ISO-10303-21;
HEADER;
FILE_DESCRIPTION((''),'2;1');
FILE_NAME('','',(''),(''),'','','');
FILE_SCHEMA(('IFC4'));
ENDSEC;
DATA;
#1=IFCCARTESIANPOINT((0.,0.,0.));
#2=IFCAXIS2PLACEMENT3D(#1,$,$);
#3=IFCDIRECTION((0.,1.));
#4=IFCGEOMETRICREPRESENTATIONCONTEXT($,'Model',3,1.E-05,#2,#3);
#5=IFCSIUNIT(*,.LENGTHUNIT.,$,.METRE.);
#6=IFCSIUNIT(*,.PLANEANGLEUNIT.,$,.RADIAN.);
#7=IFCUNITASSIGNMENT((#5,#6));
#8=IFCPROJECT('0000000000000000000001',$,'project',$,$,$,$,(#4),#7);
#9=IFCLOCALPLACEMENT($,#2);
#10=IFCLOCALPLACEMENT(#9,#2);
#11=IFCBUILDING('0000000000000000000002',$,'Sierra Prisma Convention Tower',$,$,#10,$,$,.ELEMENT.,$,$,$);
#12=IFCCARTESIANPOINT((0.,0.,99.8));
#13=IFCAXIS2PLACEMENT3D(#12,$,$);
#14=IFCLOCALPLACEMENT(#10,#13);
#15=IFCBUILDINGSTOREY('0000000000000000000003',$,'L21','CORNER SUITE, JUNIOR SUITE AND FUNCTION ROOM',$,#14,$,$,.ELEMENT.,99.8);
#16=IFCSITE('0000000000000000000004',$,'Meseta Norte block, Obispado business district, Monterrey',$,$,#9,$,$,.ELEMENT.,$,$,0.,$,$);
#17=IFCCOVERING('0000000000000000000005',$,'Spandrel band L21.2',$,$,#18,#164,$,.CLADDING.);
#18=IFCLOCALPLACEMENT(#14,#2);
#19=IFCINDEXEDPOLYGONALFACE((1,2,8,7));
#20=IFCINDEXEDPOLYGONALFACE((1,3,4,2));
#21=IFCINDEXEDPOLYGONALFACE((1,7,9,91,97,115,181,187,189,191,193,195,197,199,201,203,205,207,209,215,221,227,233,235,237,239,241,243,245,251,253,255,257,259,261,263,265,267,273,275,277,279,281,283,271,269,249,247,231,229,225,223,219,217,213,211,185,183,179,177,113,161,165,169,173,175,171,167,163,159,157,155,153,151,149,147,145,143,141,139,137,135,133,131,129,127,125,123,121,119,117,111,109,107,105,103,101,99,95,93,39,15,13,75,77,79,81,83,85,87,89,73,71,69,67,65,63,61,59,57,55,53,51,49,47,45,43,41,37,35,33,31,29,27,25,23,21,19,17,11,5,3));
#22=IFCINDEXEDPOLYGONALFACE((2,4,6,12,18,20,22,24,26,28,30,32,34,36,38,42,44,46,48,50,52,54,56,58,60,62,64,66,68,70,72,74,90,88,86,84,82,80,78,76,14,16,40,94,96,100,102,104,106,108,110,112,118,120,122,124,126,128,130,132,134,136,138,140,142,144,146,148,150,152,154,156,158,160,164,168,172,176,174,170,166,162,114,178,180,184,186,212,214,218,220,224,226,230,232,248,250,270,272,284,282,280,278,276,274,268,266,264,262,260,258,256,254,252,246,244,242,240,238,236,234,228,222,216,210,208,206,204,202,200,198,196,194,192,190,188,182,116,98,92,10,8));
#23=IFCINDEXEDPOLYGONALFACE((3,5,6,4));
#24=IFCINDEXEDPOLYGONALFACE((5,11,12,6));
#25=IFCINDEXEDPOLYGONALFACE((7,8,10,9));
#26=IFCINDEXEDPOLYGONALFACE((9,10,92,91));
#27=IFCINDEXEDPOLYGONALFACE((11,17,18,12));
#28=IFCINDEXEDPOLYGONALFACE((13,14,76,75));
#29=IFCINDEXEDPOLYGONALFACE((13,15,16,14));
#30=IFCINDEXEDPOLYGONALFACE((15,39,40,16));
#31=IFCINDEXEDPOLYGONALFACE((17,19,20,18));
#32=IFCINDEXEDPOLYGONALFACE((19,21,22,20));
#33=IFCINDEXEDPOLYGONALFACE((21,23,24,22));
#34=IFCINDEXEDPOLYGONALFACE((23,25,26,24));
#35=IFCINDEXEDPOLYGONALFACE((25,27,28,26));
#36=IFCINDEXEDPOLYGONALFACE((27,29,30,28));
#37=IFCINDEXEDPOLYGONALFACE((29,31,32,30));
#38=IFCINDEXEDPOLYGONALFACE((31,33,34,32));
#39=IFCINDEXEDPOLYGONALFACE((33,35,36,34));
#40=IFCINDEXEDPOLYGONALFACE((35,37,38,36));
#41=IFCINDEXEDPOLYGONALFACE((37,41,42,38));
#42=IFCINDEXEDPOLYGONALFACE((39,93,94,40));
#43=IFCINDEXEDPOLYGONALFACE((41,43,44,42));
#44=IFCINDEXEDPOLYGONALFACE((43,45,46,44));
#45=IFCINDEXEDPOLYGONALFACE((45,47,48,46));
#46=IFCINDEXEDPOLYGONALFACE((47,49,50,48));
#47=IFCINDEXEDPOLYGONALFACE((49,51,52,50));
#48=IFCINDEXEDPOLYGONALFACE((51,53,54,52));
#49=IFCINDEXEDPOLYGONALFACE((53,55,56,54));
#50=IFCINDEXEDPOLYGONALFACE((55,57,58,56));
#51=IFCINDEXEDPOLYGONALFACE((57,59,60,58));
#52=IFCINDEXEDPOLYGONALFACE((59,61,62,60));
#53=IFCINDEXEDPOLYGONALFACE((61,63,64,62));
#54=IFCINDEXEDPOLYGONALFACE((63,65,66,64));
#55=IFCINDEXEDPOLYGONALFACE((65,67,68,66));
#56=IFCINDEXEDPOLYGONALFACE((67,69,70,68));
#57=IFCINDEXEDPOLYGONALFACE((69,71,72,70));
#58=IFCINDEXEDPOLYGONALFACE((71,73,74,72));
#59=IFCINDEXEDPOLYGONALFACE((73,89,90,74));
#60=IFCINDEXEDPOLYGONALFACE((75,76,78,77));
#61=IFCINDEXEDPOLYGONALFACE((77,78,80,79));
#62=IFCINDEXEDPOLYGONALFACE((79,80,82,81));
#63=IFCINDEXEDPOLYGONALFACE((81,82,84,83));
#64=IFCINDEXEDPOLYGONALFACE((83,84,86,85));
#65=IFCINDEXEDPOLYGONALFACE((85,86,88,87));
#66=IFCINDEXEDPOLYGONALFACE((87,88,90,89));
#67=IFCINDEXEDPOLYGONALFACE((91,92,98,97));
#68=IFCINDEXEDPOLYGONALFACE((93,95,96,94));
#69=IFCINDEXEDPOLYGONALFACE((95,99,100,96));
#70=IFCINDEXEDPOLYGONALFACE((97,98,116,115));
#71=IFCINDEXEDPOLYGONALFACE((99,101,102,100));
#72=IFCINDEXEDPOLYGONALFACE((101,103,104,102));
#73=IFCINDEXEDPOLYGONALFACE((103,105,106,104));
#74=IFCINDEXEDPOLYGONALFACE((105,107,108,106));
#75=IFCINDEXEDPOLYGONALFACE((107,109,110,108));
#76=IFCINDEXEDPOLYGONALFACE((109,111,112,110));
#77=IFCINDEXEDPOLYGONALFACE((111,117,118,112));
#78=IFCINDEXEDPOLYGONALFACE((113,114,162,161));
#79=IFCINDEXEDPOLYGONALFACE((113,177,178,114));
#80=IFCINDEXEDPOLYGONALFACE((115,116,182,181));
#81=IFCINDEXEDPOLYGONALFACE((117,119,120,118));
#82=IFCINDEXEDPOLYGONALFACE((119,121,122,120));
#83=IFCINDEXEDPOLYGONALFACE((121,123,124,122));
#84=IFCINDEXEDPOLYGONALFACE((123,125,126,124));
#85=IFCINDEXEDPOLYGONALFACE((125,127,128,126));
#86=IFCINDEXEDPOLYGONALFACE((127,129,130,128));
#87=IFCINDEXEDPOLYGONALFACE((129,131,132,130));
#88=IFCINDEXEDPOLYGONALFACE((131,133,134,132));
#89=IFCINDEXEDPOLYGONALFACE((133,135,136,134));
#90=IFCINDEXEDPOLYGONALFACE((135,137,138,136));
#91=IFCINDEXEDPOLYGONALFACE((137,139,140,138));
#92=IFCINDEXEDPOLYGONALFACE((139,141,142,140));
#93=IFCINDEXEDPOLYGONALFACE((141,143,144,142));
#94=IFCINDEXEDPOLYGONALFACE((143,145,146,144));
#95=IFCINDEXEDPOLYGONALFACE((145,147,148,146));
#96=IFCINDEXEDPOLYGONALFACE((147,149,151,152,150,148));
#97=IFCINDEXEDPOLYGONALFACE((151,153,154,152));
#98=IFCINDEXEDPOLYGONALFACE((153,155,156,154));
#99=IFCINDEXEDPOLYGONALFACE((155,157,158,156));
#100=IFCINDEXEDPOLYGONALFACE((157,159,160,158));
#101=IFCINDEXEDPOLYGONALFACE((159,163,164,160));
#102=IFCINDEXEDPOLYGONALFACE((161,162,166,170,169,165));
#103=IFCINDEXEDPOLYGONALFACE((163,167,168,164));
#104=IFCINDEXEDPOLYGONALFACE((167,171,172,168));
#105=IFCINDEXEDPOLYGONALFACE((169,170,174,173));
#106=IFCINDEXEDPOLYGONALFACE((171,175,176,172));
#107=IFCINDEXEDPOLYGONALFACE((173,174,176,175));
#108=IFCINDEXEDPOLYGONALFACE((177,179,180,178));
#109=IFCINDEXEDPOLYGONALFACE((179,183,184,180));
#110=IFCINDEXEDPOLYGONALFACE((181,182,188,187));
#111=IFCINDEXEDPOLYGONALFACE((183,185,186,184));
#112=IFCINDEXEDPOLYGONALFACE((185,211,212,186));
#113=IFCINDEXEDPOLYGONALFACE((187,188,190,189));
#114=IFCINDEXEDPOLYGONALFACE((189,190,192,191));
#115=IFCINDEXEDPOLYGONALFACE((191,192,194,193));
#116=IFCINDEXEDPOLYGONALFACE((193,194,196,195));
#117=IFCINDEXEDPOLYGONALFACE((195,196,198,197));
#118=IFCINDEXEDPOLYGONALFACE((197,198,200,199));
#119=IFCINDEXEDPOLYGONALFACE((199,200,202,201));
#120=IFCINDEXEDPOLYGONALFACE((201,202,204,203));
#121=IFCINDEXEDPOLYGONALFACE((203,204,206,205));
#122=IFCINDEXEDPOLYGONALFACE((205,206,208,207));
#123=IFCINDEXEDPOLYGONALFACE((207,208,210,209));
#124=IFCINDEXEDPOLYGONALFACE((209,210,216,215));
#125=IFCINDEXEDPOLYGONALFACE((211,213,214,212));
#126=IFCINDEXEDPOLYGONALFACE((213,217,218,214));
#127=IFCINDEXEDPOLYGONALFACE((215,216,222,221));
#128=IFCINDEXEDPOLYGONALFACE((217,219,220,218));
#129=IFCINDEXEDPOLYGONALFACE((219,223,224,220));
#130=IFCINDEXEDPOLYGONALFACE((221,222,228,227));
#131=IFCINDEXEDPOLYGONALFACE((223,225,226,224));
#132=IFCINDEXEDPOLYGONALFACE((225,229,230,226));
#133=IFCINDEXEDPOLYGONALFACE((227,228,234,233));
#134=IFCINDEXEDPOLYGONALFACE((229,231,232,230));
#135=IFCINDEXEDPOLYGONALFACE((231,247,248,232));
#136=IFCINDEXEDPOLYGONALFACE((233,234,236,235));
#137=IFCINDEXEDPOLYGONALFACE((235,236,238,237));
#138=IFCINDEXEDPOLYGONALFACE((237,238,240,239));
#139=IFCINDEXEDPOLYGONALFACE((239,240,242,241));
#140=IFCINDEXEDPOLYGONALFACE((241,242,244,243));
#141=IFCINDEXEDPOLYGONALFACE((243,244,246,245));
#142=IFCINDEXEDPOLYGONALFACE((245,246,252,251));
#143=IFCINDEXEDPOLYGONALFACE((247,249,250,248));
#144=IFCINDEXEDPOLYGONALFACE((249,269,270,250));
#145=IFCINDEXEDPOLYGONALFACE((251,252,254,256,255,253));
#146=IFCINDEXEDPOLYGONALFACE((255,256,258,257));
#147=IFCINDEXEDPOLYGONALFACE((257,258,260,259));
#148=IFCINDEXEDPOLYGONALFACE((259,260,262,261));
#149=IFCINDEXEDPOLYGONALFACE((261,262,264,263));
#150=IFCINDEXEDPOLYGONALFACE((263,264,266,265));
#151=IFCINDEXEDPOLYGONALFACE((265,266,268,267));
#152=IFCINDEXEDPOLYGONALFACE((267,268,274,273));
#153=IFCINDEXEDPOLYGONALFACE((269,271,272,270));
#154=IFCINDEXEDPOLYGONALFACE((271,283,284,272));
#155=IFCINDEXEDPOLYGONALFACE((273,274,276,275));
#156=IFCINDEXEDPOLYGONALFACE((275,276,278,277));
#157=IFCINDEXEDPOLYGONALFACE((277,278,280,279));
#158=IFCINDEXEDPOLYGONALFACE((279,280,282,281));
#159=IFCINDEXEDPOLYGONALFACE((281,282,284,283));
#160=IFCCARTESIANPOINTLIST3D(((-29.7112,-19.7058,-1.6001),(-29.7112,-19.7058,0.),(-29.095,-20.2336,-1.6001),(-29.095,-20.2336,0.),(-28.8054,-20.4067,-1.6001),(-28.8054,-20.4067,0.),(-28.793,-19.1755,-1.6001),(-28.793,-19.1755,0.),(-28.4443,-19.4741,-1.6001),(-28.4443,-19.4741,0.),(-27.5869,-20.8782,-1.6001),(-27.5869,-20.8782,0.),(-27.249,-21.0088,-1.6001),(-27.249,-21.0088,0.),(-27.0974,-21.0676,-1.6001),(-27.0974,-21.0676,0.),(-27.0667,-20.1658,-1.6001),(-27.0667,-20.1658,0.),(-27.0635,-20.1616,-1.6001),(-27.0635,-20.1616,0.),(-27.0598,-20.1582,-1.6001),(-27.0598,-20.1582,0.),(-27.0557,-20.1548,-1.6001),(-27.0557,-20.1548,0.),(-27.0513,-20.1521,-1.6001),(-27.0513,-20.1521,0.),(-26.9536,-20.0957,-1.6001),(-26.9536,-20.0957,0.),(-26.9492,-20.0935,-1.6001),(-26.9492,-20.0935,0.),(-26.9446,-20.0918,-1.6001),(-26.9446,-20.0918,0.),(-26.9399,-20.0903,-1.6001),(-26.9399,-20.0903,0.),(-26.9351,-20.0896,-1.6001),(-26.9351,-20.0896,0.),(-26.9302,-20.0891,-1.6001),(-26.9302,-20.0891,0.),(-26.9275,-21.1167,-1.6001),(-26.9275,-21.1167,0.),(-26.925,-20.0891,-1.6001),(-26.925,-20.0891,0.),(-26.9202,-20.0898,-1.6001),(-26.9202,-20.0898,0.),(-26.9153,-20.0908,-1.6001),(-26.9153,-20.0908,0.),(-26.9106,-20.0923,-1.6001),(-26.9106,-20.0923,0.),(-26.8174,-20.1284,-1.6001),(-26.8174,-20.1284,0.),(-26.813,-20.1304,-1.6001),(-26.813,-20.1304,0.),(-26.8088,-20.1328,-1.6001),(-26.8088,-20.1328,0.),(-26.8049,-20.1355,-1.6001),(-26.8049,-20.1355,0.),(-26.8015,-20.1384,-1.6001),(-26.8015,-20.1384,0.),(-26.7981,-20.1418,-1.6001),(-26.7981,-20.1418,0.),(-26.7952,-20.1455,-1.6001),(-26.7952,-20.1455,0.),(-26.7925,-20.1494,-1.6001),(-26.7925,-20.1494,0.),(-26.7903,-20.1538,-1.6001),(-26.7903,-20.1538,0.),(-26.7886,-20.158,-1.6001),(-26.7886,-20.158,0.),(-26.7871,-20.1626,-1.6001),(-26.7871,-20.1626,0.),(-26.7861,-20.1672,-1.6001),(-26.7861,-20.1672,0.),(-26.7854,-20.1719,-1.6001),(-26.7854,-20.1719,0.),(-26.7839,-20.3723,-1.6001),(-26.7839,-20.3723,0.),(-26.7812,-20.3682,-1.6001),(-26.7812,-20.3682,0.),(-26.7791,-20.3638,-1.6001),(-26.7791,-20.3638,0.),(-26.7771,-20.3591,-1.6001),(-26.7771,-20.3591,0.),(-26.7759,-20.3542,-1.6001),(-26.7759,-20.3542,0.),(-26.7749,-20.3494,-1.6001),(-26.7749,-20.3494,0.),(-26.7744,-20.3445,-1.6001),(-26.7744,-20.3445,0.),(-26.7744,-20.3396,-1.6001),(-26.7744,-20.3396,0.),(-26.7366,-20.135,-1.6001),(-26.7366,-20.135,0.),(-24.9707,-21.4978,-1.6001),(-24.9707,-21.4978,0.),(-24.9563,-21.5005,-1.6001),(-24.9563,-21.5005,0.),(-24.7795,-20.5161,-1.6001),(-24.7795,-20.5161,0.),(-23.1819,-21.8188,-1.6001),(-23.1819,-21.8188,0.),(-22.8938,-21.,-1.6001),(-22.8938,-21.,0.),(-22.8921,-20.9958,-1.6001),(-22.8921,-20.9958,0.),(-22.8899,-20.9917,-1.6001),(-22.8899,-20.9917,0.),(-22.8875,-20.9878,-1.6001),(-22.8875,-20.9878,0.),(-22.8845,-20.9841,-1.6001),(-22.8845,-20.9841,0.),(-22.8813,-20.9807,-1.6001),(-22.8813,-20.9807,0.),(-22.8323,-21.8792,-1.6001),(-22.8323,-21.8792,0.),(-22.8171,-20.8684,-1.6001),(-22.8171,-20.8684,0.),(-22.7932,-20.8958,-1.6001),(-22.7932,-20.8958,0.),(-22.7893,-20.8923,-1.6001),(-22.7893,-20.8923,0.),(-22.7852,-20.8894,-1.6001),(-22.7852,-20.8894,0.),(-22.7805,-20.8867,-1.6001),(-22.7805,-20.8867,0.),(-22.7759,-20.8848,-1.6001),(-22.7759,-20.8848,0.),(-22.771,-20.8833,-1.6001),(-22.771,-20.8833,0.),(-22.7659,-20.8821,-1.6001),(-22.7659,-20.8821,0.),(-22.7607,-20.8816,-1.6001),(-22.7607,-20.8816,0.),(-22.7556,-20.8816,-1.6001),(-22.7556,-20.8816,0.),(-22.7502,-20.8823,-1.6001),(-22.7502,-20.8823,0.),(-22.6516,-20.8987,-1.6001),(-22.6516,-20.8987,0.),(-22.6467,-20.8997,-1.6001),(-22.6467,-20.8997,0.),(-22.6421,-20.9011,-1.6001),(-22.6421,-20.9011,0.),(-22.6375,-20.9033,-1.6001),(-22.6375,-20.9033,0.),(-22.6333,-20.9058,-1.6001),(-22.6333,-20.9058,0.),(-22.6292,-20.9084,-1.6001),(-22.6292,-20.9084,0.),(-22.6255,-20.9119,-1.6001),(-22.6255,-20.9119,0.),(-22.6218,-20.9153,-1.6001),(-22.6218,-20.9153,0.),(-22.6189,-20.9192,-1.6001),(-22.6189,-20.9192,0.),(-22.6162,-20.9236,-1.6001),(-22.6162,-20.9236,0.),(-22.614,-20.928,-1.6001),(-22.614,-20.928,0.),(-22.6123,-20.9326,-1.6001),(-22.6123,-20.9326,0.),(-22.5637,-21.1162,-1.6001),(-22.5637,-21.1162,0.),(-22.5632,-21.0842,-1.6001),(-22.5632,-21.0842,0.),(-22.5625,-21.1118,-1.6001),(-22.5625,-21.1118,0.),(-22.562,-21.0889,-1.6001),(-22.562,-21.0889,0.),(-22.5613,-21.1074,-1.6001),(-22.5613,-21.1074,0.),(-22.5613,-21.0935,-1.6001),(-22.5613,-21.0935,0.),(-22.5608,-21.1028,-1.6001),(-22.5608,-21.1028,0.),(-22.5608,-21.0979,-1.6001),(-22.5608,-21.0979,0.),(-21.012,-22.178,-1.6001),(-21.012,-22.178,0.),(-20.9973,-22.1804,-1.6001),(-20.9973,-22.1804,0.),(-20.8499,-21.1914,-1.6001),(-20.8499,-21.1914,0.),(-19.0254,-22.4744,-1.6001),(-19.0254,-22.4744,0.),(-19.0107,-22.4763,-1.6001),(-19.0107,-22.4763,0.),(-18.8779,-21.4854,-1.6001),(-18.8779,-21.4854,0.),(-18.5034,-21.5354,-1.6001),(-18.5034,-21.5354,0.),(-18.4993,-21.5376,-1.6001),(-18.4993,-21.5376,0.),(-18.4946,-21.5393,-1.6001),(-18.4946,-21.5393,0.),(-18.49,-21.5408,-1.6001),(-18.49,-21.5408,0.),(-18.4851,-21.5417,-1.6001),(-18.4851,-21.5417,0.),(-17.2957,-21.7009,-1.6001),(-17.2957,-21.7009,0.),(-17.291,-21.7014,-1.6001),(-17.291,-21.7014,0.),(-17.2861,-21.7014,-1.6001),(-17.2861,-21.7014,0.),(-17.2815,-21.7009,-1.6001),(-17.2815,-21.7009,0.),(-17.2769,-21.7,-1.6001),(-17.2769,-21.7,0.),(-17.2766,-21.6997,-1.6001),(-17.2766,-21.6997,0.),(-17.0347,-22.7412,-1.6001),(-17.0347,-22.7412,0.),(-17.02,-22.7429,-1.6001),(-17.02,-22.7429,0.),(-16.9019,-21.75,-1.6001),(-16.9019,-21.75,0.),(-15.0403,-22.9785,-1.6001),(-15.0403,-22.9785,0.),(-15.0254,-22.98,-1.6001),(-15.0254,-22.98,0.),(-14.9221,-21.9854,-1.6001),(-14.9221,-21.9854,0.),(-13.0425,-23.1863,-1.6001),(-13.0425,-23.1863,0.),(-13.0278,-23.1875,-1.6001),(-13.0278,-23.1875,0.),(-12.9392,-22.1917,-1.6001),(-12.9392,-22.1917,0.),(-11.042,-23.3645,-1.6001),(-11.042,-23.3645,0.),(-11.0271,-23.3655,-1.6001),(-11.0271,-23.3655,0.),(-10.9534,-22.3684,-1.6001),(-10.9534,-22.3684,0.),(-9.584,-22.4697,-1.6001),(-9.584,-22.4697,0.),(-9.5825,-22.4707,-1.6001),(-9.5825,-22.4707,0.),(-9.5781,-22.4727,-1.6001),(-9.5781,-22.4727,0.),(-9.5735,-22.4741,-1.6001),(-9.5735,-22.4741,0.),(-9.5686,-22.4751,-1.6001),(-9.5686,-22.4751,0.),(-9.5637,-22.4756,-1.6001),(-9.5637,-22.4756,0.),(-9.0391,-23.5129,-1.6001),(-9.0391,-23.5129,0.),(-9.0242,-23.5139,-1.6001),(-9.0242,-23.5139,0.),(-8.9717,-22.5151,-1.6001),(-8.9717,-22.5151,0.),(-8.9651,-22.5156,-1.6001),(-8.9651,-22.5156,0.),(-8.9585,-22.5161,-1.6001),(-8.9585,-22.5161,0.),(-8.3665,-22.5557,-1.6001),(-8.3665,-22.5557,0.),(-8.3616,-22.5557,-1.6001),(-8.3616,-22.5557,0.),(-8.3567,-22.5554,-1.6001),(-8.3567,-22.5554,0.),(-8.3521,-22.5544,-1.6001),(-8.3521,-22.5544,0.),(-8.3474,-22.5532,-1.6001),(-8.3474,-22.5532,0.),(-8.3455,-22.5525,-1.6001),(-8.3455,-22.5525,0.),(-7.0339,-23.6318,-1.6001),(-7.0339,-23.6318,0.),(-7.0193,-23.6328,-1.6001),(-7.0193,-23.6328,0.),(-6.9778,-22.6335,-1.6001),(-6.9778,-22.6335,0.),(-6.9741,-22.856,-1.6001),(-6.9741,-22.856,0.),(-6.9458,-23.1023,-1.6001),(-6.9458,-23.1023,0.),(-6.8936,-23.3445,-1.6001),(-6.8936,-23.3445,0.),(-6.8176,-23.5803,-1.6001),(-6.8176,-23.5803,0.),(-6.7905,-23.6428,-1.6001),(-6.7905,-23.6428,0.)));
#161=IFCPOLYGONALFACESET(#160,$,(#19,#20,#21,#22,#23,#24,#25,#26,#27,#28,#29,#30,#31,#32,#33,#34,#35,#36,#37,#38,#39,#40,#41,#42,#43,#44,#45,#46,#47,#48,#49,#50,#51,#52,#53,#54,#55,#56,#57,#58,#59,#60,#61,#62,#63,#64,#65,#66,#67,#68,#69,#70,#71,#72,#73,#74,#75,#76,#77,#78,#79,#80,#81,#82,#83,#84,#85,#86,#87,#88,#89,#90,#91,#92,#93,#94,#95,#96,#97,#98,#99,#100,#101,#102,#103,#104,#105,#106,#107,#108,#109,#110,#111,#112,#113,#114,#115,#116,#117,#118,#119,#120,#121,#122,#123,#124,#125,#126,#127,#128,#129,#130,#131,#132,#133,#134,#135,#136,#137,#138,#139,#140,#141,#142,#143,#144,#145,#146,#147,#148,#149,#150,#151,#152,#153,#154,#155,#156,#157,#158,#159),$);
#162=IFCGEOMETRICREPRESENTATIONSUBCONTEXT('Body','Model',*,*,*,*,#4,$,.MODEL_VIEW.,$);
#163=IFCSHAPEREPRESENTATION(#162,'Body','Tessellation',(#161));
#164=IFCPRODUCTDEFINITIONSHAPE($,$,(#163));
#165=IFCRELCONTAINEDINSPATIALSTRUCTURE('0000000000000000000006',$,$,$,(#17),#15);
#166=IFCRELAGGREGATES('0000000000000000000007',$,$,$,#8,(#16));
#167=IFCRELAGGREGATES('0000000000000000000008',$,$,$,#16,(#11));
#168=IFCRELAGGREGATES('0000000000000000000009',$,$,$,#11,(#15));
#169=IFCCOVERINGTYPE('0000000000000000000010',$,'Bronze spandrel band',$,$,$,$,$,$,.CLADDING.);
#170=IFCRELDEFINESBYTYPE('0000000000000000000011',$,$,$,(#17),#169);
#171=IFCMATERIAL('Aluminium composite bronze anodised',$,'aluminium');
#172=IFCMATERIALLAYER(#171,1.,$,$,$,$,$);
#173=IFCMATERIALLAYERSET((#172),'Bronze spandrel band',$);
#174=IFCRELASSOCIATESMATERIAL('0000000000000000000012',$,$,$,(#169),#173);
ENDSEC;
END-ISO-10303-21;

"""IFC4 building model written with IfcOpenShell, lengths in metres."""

from ifc_helpers import new_model, si_unit, direction, frame, origin, place, context, subcontext, project, spatial, polyline, outline, extrude, material, layer, layer_set, type_object, element, save


model = new_model("IFC4")

# Units and contexts
model_context = context("Model", 3, precision=1e-05, world=origin(), true_north=direction((0.0, 1.0)))
body_context = subcontext(model_context, "Body", "Model", "MODEL_VIEW")
ifc_project = project(units=[si_unit("LENGTHUNIT", "METRE"), si_unit("PLANEANGLEUNIT", "RADIAN")], contexts=[model_context])

# Site, building, storey
site_placement = place(None, origin())
site = spatial("IfcSite", under=ifc_project, at=site_placement, Name="Meseta Norte block, Obispado business district, Monterrey", CompositionType="ELEMENT", RefElevation=0.0)
building_placement = place(site_placement, origin())
building = spatial("IfcBuilding", under=site, at=building_placement, Name="Sierra Prisma Convention Tower", CompositionType="ELEMENT")
storey_placement = place(building_placement, frame((0.0, 0.0, 99.8)))
storey = spatial("IfcBuildingStorey", under=building, at=storey_placement, Name="L21", Description="CORNER SUITE, JUNIOR SUITE AND FUNCTION ROOM", CompositionType="ELEMENT", Elevation=99.8)

# Covering
ifc_material_1 = material(Name="Aluminium composite bronze anodised", Category="aluminium")
ifc_layer_1 = layer(ifc_material_1, 1.0)
ifc_layer_set_1 = layer_set([ifc_layer_1], Name="Bronze spandrel band")
covering_type_1 = type_object("IfcCoveringType", Name="Bronze spandrel band", PredefinedType="CLADDING", material=ifc_layer_set_1)
covering_1_placement = place(storey_placement, frame((0.0, 0.0, -1.6001)))
element("IfcCovering", 1, at=covering_1_placement, inside=storey, type_object=covering_type_1, Name="Spandrel band L21.2", PredefinedType="CLADDING", context=body_context, shape_type="SweptSolid", body=[
    extrude(outline(polyline([(-17.2957, -21.7009), (-17.291, -21.7014), (-17.2861, -21.7014), (-17.2815, -21.7009), (-17.2769, -21.7), (-17.2766, -21.6997), (-16.9019, -21.75), (-14.9221, -21.9854), (-12.9392, -22.1917), (-10.9534, -22.3684), (-9.584, -22.4697), (-9.5825, -22.4707), (-9.5781, -22.4727), (-9.5735, -22.4741), (-9.5686, -22.4751), (-9.5637, -22.4756), (-8.9717, -22.5151), (-8.9651, -22.5156), (-8.9585, -22.5161), (-8.3665, -22.5557), (-8.3616, -22.5557), (-8.3567, -22.5554), (-8.3521, -22.5544), (-8.3474, -22.5532), (-8.3455, -22.5525), (-6.9778, -22.6335), (-6.9741, -22.856), (-6.9458, -23.1023), (-6.8936, -23.3445), (-6.8176, -23.5803), (-6.7905, -23.6428), (-7.0193, -23.6328), (-7.0339, -23.6318), (-9.0242, -23.5139), (-9.0391, -23.5129), (-11.0271, -23.3655), (-11.042, -23.3645), (-13.0278, -23.1875), (-13.0425, -23.1863), (-15.0254, -22.98), (-15.0403, -22.9785), (-17.02, -22.7429), (-17.0347, -22.7412), (-19.0107, -22.4763), (-19.0254, -22.4744), (-20.9973, -22.1804), (-21.012, -22.178), (-22.8323, -21.8792), (-22.5637, -21.1162), (-22.5625, -21.1118), (-22.5613, -21.1074), (-22.5608, -21.1028), (-22.5608, -21.0979), (-22.5613, -21.0935), (-22.562, -21.0889), (-22.5632, -21.0842), (-22.6123, -20.9326), (-22.614, -20.928), (-22.6162, -20.9236), (-22.6189, -20.9192), (-22.6218, -20.9153), (-22.6255, -20.9119), (-22.6292, -20.9084), (-22.6333, -20.9058), (-22.6375, -20.9033), (-22.6421, -20.9011), (-22.6467, -20.8997), (-22.6516, -20.8987), (-22.7502, -20.8823), (-22.7556, -20.8816), (-22.7607, -20.8816), (-22.7659, -20.8821), (-22.771, -20.8833), (-22.7759, -20.8848), (-22.7805, -20.8867), (-22.7852, -20.8894), (-22.7893, -20.8923), (-22.7932, -20.8958), (-22.8813, -20.9807), (-22.8845, -20.9841), (-22.8875, -20.9878), (-22.8899, -20.9917), (-22.8921, -20.9958), (-22.8938, -21.0), (-23.1819, -21.8188), (-24.9563, -21.5005), (-24.9707, -21.4978), (-26.9275, -21.1167), (-27.0974, -21.0676), (-27.249, -21.0088), (-26.7839, -20.3723), (-26.7812, -20.3682), (-26.7791, -20.3638), (-26.7771, -20.3591), (-26.7759, -20.3542), (-26.7749, -20.3494), (-26.7744, -20.3445), (-26.7744, -20.3396), (-26.7854, -20.1719), (-26.7861, -20.1672), (-26.7871, -20.1626), (-26.7886, -20.158), (-26.7903, -20.1538), (-26.7925, -20.1494), (-26.7952, -20.1455), (-26.7981, -20.1418), (-26.8015, -20.1384), (-26.8049, -20.1355), (-26.8088, -20.1328), (-26.813, -20.1304), (-26.8174, -20.1284), (-26.9106, -20.0923), (-26.9153, -20.0908), (-26.9202, -20.0898), (-26.925, -20.0891), (-26.9302, -20.0891), (-26.9351, -20.0896), (-26.9399, -20.0903), (-26.9446, -20.0918), (-26.9492, -20.0935), (-26.9536, -20.0957), (-27.0513, -20.1521), (-27.0557, -20.1548), (-27.0598, -20.1582), (-27.0635, -20.1616), (-27.0667, -20.1658), (-27.5869, -20.8782), (-28.8054, -20.4067), (-29.095, -20.2336), (-29.7112, -19.7058), (-28.793, -19.1755), (-28.4443, -19.4741), (-26.7366, -20.135), (-24.7795, -20.5161), (-22.8171, -20.8684), (-20.8499, -21.1914), (-18.8779, -21.4854), (-18.5034, -21.5354), (-18.4993, -21.5376), (-18.4946, -21.5393), (-18.49, -21.5408), (-18.4851, -21.5417), (-17.2957, -21.7009)])), origin(), (0.0, 0.0, 1.0), 1.6001),
])

save(model, "model.ifc")
